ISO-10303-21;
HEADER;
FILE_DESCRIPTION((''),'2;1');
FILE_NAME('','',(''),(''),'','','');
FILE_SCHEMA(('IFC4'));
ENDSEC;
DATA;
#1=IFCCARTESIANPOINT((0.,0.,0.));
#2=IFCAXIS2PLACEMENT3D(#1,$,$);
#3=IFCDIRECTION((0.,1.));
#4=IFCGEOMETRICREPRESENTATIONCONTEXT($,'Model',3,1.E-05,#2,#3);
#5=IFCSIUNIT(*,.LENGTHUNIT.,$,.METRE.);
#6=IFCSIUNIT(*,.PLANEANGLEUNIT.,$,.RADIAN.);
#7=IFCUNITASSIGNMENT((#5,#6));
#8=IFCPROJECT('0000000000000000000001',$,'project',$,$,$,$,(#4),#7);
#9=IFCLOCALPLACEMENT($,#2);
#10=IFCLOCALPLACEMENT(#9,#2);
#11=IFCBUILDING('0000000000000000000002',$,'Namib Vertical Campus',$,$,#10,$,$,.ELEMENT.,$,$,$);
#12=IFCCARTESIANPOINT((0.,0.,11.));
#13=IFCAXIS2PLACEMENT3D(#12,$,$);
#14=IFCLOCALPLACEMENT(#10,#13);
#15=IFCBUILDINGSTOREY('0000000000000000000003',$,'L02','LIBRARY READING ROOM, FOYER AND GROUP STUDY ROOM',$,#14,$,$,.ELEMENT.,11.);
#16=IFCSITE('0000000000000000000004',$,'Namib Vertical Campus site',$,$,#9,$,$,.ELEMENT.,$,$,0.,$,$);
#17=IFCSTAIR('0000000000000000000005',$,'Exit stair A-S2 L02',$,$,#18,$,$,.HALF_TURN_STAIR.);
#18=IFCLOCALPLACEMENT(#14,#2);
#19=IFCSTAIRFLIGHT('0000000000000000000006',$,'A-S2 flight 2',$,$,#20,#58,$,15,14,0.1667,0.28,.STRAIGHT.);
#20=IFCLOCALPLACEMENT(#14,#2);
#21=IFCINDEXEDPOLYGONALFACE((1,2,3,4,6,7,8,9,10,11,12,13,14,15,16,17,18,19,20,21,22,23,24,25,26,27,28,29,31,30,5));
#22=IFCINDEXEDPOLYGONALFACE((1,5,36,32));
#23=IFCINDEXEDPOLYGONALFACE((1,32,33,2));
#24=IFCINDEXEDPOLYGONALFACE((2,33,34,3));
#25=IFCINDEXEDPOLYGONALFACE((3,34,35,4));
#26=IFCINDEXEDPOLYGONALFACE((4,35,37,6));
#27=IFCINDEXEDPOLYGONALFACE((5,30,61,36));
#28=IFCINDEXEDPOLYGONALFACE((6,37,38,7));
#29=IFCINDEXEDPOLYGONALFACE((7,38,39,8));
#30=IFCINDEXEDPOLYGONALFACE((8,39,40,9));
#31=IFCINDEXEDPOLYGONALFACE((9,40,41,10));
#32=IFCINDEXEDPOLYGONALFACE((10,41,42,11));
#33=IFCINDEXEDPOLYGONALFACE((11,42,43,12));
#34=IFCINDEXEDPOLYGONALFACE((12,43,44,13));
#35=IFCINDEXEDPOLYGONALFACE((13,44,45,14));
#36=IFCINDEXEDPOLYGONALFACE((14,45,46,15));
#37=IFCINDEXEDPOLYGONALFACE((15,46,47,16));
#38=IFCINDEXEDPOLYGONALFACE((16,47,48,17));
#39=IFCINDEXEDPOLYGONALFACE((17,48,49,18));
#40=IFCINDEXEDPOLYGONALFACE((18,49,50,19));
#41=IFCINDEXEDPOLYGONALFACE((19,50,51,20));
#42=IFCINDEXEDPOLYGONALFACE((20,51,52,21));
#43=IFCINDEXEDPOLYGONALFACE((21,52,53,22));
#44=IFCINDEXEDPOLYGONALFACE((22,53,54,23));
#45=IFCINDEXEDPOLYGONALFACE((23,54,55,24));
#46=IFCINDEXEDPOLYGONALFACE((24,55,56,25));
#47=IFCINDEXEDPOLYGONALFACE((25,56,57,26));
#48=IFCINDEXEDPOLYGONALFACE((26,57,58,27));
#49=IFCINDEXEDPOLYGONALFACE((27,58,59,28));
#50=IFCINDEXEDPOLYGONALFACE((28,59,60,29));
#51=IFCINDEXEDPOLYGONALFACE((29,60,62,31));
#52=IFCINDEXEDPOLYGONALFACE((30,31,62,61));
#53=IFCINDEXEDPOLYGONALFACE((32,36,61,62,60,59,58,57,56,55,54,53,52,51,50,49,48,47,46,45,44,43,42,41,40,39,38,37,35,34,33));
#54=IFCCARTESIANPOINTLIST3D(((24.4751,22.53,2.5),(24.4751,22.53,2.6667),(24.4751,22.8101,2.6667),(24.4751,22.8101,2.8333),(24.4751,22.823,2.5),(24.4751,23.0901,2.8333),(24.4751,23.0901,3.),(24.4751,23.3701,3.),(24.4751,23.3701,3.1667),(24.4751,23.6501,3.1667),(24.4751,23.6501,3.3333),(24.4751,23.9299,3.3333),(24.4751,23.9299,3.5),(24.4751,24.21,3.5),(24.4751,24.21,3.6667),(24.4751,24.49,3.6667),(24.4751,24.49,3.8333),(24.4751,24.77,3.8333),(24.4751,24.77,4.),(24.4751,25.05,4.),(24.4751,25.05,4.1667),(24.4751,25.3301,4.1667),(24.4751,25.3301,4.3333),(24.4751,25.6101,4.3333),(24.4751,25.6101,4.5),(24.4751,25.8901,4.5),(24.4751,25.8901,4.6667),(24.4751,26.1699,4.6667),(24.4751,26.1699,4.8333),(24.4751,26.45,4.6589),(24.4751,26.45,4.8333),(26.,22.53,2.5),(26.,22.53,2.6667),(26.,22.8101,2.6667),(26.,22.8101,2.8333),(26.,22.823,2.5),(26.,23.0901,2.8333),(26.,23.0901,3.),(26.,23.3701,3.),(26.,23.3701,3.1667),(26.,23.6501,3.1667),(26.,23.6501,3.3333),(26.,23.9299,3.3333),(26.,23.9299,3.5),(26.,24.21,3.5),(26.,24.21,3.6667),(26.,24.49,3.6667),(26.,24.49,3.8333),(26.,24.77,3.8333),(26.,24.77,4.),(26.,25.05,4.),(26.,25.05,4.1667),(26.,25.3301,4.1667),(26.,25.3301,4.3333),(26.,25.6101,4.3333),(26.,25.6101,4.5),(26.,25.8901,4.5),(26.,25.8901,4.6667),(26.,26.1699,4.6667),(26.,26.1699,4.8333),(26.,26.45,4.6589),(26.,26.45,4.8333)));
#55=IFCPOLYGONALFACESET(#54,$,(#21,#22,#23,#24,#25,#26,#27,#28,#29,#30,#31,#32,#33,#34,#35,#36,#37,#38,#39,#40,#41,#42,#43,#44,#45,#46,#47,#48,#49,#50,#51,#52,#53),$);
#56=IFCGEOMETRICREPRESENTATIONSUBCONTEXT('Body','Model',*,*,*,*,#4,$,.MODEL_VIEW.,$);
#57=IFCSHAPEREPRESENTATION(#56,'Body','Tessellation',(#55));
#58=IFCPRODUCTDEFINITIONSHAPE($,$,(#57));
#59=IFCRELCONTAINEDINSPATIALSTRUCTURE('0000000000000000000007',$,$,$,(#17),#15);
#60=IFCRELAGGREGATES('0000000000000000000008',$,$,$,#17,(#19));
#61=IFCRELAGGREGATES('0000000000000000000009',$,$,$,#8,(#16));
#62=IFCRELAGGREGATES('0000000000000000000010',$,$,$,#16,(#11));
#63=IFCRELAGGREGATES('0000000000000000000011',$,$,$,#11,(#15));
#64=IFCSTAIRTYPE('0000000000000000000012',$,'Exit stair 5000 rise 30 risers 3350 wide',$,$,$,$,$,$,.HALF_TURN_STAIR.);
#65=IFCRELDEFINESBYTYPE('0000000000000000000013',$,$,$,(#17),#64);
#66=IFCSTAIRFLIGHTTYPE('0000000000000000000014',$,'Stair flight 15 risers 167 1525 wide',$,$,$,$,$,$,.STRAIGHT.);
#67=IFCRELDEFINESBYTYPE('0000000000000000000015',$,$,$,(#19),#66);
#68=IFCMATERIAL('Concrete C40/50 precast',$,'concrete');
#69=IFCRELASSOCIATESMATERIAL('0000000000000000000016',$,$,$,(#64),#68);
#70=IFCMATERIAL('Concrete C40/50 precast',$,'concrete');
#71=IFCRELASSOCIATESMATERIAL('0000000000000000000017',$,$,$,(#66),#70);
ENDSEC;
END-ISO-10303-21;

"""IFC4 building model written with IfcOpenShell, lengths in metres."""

from ifc_helpers import new_model, si_unit, direction, frame, origin, place, context, subcontext, project, spatial, polyline, outline, extrude, material, type_object, element, aggregate, save


model = new_model("IFC4")

# Units and contexts
model_context = context("Model", 3, precision=1e-05, world=origin(), true_north=direction((0.0, 1.0)))
body_context = subcontext(model_context, "Body", "Model", "MODEL_VIEW")
ifc_project = project(units=[si_unit("LENGTHUNIT", "METRE"), si_unit("PLANEANGLEUNIT", "RADIAN")], contexts=[model_context])

# Site, building, storey
site_placement = place(None, origin())
site = spatial("IfcSite", under=ifc_project, at=site_placement, Name="Namib Vertical Campus site", CompositionType="ELEMENT", RefElevation=0.0)
building_placement = place(site_placement, origin())
building = spatial("IfcBuilding", under=site, at=building_placement, Name="Namib Vertical Campus", CompositionType="ELEMENT")
storey_placement = place(building_placement, frame((0.0, 0.0, 11.0)))
storey = spatial("IfcBuildingStorey", under=building, at=storey_placement, Name="L02", Description="LIBRARY READING ROOM, FOYER AND GROUP STUDY ROOM", CompositionType="ELEMENT", Elevation=11.0)

# Stair, stair flight
ifc_material_1 = material(Name="Concrete C40/50 precast", Category="concrete")
stair_type = type_object("IfcStairType", Name="Exit stair 5000 rise 30 risers 3350 wide", PredefinedType="HALF_TURN_STAIR", material=ifc_material_1)
stair_placement = place(storey_placement, origin())
stair = element("IfcStair", 1, at=stair_placement, inside=storey, type_object=stair_type, Name="Exit stair A-S2 L02", PredefinedType="HALF_TURN_STAIR")
ifc_material_2 = material(Name="Concrete C40/50 precast", Category="concrete")
stair_flight_type = type_object("IfcStairFlightType", Name="Stair flight 15 risers 167 1525 wide", PredefinedType="STRAIGHT", material=ifc_material_2)
stair_flight_1_placement = place(storey_placement, frame((25.2375, 22.53, 2.5), z_axis=(0.0, 0.0, 1.0), x_axis=(0.0, 1.0, 0.0)))
stair_flight_1 = element("IfcStairFlight", 2, at=stair_flight_1_placement, type_object=stair_flight_type, Name="A-S2 flight 2", NumberOfRisers=15, NumberOfTreads=14, PredefinedType="STRAIGHT", RiserHeight=0.1667, TreadLength=0.28, context=body_context, shape_type="SweptSolid", body=[
    extrude(outline(polyline([(0.0, 0.0), (0.0, 0.1667), (0.28, 0.1667), (0.28, 0.3333), (0.5601, 0.3333), (0.5601, 0.5), (0.8401, 0.5), (0.8401, 0.6667), (1.1201, 0.6667), (1.1201, 0.8333), (1.3999, 0.8333), (1.3999, 1.0), (1.6799, 1.0), (1.6799, 1.1667), (1.96, 1.1667), (1.96, 1.3333), (2.24, 1.3333), (2.24, 1.5), (2.52, 1.5), (2.52, 1.6667), (2.8, 1.6667), (2.8, 1.8333), (3.0801, 1.8333), (3.0801, 2.0), (3.3601, 2.0), (3.3601, 2.1667), (3.6399, 2.1667), (3.6399, 2.3333), (3.9199, 2.3333), (3.9199, 2.5), (3.9199, 2.1589), (0.293, 0.0), (0.0, 0.0)])), frame((0.0, 0.7625, 0.0), z_axis=(0.0, -1.0, 0.0), x_axis=(1.0, 0.0, 0.0)), (0.0, 0.0, 1.0), 1.5249),
])
aggregate(stair, [stair_flight_1])

save(model, "model.ifc")
